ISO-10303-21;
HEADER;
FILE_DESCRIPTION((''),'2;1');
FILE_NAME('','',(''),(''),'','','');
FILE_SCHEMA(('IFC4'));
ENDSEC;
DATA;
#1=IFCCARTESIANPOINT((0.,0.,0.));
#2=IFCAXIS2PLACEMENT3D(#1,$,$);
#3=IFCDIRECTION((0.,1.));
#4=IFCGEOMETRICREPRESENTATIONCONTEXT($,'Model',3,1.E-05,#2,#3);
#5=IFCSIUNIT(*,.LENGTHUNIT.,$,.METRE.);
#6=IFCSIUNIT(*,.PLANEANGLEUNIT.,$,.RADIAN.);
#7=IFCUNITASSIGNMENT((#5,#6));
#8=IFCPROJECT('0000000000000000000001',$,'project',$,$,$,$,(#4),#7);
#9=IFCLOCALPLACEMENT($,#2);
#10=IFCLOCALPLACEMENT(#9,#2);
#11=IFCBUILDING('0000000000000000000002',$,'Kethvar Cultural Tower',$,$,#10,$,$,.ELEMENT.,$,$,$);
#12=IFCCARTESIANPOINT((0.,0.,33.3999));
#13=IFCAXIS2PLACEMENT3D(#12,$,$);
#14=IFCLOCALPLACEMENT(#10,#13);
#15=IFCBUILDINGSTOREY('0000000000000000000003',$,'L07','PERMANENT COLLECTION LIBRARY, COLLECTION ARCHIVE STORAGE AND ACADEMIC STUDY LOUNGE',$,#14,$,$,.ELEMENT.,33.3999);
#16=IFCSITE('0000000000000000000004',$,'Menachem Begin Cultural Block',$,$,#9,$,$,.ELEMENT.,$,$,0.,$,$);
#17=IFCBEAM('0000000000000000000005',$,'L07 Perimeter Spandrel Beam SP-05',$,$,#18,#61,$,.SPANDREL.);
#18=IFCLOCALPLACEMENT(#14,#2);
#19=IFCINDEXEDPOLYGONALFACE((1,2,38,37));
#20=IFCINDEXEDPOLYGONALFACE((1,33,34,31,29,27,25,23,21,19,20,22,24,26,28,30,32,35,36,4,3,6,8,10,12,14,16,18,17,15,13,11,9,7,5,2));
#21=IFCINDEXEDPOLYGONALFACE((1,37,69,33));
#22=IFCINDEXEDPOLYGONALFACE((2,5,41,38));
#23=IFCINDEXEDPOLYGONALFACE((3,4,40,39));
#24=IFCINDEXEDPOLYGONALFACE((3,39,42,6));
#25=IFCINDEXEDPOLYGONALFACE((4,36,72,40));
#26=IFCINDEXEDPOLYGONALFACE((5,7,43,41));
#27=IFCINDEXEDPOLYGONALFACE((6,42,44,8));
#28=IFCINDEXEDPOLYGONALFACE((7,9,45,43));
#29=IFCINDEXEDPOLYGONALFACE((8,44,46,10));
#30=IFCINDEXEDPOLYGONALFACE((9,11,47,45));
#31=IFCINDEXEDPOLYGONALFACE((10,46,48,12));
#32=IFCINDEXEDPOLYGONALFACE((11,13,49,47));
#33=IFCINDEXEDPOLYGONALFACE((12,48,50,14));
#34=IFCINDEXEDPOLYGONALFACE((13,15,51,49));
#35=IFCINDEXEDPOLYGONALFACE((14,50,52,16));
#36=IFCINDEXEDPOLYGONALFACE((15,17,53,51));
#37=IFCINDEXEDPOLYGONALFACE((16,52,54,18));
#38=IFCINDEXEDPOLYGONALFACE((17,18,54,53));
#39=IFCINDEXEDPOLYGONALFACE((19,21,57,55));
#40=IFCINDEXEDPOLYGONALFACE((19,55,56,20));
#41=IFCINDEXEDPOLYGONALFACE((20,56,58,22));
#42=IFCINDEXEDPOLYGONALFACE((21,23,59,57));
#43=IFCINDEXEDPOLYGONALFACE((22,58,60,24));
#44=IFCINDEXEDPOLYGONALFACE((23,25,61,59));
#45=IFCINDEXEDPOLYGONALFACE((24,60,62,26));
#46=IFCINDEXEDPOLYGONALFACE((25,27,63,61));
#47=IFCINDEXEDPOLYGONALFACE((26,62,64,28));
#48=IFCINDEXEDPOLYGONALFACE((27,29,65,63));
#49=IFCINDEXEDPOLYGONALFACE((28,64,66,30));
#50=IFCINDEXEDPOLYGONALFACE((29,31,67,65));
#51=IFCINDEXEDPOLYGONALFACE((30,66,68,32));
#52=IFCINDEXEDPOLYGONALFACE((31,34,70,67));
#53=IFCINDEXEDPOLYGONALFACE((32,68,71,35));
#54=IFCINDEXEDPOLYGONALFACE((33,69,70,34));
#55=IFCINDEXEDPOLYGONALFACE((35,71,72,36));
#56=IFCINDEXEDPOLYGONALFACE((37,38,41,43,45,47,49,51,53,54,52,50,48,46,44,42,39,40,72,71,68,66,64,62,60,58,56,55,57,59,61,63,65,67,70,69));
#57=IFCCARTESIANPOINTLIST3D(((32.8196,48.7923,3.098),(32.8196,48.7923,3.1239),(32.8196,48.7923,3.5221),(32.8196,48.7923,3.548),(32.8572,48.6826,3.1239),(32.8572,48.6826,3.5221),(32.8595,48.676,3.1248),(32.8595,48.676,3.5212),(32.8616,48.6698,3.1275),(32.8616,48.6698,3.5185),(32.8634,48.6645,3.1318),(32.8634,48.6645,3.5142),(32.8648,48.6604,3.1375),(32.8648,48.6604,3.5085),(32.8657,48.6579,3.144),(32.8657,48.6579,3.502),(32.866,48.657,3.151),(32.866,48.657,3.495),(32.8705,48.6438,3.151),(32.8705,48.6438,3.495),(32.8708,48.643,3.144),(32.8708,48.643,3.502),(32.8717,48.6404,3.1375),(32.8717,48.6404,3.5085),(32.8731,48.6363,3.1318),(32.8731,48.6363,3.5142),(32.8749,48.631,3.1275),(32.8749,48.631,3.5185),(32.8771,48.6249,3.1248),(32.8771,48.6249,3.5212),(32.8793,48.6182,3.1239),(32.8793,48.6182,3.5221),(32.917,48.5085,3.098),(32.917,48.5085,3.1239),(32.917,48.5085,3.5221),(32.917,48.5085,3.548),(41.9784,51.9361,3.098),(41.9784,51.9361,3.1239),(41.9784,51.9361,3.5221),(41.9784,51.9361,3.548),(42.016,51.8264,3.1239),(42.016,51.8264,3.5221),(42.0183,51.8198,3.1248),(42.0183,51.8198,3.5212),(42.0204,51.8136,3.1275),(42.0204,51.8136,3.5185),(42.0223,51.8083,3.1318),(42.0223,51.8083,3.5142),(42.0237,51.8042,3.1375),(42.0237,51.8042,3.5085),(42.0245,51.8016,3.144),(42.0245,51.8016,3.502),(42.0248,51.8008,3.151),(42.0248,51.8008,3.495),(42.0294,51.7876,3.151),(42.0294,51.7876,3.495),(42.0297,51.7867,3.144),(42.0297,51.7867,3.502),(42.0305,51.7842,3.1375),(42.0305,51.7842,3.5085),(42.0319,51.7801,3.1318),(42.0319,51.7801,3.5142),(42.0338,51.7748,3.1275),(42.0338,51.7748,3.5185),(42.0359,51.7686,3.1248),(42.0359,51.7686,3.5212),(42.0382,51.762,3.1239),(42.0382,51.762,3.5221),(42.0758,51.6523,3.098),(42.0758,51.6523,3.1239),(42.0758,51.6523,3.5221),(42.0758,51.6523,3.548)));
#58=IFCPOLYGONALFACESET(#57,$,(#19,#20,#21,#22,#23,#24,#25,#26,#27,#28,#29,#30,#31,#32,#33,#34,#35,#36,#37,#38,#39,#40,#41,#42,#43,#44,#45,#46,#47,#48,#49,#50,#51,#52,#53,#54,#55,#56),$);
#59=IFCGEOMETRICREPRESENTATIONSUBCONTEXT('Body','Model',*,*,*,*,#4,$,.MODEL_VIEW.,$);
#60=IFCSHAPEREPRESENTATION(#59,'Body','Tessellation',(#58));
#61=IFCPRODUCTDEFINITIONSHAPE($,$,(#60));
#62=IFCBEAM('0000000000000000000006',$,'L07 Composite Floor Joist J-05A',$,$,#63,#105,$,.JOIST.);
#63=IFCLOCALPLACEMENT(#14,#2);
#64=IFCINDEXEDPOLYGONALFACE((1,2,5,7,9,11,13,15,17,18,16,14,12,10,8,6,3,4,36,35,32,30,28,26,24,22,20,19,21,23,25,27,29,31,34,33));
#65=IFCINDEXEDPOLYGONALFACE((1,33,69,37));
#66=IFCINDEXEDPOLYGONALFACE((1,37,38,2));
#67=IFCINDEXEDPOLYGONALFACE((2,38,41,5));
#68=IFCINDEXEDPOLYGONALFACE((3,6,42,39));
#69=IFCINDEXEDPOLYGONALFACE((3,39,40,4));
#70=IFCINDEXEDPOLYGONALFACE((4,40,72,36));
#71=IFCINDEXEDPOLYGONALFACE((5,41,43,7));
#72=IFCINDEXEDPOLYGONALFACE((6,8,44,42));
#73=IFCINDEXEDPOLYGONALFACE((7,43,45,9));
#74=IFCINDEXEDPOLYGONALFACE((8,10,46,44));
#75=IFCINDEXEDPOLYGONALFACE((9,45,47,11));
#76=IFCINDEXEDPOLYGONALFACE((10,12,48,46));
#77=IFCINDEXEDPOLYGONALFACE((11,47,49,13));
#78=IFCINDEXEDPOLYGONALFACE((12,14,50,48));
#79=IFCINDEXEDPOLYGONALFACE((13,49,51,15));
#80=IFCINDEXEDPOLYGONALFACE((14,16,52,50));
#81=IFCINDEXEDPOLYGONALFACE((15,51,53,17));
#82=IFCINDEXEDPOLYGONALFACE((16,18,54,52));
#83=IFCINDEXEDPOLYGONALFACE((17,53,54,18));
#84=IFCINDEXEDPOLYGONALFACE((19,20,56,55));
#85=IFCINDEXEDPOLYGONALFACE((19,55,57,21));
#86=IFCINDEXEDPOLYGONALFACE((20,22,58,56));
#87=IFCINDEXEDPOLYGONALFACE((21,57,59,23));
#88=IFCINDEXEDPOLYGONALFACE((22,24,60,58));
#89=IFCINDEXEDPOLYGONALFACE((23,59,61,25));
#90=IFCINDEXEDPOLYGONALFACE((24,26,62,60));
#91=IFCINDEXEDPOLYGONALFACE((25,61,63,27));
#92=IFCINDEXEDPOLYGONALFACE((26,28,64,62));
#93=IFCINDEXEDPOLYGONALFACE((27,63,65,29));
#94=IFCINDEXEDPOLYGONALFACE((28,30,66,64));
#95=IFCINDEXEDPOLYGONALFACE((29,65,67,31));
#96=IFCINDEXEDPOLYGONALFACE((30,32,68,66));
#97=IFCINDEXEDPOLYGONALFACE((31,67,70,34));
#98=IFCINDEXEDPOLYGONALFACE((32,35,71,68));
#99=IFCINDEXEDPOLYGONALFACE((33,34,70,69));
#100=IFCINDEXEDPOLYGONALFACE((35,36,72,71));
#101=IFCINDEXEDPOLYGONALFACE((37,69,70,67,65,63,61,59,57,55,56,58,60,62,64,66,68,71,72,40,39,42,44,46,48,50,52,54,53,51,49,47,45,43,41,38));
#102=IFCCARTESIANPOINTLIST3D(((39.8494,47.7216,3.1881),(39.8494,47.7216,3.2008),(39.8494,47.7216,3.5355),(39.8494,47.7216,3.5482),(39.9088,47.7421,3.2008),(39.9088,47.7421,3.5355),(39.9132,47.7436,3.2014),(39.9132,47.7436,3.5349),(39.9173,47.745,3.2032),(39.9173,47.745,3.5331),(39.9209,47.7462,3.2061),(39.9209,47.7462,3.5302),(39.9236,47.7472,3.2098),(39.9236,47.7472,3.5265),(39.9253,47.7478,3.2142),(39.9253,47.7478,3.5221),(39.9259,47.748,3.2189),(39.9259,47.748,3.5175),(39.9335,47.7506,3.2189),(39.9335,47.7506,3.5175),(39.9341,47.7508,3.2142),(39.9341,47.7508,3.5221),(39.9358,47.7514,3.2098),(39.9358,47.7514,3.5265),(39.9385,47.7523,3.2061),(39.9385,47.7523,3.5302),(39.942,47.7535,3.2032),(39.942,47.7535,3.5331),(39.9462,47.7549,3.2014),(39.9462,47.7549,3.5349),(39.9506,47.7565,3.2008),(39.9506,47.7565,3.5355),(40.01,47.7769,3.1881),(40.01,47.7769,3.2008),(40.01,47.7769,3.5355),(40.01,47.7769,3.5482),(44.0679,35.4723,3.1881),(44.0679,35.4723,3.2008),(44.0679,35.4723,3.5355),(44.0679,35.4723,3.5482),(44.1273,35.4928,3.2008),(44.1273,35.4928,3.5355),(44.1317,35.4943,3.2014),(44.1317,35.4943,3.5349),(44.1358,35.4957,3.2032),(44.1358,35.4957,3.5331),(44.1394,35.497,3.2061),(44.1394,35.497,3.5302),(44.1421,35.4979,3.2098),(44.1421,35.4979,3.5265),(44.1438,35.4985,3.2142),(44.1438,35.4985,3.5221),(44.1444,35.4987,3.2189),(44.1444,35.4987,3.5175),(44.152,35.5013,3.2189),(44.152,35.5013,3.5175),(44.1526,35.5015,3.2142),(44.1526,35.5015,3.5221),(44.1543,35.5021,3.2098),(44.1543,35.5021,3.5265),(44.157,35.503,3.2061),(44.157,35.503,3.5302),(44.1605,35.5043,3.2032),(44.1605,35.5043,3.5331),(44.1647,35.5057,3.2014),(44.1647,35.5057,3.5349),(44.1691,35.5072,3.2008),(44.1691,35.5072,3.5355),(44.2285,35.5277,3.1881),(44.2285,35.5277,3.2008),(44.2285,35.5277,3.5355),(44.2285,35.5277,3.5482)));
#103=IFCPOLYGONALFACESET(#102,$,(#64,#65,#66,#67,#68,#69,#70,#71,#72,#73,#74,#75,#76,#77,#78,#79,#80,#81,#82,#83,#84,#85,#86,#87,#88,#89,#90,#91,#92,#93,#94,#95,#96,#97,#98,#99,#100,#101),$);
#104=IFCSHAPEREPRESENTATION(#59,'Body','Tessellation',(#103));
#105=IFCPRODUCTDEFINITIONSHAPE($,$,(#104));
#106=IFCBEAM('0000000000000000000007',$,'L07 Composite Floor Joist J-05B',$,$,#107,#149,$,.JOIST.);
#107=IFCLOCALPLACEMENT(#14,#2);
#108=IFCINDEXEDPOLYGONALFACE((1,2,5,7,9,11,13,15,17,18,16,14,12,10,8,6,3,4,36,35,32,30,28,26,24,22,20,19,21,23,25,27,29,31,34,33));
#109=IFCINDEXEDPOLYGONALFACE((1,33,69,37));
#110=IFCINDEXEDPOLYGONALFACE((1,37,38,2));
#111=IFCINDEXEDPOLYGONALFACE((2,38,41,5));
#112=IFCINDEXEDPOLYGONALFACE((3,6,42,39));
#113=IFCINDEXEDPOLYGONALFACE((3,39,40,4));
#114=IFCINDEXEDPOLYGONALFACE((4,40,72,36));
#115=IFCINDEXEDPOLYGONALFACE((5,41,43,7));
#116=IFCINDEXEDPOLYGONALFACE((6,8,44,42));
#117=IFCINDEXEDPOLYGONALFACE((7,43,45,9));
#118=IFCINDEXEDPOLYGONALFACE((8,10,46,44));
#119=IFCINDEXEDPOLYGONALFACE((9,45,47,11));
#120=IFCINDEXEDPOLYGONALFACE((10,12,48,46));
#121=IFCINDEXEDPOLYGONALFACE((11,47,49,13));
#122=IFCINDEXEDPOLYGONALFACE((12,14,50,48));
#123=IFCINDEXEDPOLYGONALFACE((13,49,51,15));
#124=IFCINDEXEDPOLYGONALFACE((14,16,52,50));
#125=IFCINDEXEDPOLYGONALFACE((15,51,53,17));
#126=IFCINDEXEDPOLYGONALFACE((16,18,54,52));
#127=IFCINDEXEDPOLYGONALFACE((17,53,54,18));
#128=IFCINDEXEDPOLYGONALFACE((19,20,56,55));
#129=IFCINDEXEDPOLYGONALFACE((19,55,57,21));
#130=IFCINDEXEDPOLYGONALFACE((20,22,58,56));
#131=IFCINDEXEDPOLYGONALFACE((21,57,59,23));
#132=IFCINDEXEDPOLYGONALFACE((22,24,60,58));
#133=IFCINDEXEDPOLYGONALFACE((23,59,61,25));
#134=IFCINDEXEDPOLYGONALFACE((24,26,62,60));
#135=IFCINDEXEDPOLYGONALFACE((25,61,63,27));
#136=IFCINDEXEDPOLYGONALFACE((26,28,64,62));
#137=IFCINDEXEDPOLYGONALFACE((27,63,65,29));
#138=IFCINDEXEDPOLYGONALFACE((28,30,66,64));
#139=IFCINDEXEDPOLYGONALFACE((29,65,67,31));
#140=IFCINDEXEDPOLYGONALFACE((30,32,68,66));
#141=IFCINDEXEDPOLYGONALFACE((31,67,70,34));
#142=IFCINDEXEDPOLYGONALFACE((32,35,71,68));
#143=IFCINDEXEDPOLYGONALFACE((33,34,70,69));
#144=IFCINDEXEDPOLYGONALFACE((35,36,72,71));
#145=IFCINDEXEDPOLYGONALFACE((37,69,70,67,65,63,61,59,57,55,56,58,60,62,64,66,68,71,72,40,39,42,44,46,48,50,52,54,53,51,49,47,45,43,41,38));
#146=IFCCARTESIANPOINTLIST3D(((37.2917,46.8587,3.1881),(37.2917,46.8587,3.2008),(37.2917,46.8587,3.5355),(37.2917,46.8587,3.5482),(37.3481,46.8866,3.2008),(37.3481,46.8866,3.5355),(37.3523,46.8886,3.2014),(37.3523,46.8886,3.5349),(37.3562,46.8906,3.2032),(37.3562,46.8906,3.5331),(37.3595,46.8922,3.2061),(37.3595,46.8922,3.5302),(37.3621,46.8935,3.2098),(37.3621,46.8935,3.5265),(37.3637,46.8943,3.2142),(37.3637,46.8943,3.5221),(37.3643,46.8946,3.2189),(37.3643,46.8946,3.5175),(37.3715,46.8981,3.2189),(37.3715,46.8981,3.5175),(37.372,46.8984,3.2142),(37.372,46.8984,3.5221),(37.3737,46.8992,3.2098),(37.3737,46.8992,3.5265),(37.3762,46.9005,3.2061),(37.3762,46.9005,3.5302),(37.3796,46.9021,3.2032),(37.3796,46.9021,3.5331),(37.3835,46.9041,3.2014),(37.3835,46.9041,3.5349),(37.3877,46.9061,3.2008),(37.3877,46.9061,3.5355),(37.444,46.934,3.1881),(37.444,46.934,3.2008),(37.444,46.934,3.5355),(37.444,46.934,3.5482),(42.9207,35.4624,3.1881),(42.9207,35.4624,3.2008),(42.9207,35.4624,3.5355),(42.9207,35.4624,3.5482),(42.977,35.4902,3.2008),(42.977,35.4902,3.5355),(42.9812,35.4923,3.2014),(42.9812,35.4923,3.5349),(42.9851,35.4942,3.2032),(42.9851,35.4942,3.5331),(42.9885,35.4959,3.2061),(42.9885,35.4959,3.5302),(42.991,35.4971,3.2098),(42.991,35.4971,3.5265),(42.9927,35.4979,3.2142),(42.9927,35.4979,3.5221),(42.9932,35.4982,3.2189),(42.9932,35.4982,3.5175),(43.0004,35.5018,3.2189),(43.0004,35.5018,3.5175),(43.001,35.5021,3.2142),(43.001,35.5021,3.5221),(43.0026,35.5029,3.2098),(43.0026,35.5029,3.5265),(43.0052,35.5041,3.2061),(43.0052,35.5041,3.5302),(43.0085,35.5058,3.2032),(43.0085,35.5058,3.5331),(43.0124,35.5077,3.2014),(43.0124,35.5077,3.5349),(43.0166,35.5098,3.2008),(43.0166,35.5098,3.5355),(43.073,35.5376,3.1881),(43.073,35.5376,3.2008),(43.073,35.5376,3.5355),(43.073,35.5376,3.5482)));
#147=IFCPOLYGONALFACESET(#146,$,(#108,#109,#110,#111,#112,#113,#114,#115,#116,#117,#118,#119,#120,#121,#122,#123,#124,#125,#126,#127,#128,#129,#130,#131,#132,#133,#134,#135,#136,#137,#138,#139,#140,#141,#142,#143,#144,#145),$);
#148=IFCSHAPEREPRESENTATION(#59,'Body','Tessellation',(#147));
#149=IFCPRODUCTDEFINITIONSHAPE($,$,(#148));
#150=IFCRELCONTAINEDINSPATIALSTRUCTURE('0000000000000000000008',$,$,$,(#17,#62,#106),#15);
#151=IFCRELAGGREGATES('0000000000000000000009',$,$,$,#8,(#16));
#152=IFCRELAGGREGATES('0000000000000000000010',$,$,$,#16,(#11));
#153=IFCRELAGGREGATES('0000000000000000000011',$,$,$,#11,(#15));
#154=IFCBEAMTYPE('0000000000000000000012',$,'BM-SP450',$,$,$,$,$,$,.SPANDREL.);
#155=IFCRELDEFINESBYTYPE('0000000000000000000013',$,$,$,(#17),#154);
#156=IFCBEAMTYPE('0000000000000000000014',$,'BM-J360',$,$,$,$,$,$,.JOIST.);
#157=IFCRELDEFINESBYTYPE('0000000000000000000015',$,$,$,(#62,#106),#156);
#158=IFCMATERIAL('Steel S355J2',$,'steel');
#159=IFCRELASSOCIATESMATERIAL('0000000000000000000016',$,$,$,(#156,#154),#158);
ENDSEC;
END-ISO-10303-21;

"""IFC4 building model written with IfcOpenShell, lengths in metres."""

from ifc_helpers import new_model, si_unit, direction, frame, origin, origin_2d, place, context, subcontext, project, spatial, i_section, extrude, source, transform, mapped, material, material_profile, profile_set, type_object, element, save


model = new_model("IFC4")

# Units and contexts
model_context = context("Model", 3, precision=1e-05, world=origin(), true_north=direction((0.0, 1.0)))
body_context = subcontext(model_context, "Body", "Model", "MODEL_VIEW")
ifc_project = project(units=[si_unit("LENGTHUNIT", "METRE"), si_unit("PLANEANGLEUNIT", "RADIAN")], contexts=[model_context])

# Site, building, storey
site_placement = place(None, origin())
site = spatial("IfcSite", under=ifc_project, at=site_placement, Name="Menachem Begin Cultural Block", CompositionType="ELEMENT", RefElevation=0.0)
building_placement = place(site_placement, origin())
building = spatial("IfcBuilding", under=site, at=building_placement, Name="Kethvar Cultural Tower", CompositionType="ELEMENT")
storey_placement = place(building_placement, frame((0.0, 0.0, 33.3999)))
storey = spatial("IfcBuildingStorey", under=building, at=storey_placement, Name="L07", Description="PERMANENT COLLECTION LIBRARY, COLLECTION ARCHIVE STORAGE AND ACADEMIC STUDY LOUNGE", CompositionType="ELEMENT", Elevation=33.3999)

# Beams
ifc_material_1 = material(Name="Steel S355J2", Category="steel")
ifc_material_profile_1 = material_profile(ifc_material_1, i_section(OverallWidth=0.1699, OverallDepth=0.3601, WebThickness=0.0081, FlangeThickness=0.0127, FilletRadius=0.0181, at=origin_2d()), Name="Steel S355J2 — IPE360")
ifc_profile_set_1 = profile_set([ifc_material_profile_1], Name="Steel S355J2 — IPE360")
beam_type_1 = type_object("IfcBeamType", Name="BM-J360", PredefinedType="JOIST", material=ifc_profile_set_1)
ifc_material_profile_2 = material_profile(ifc_material_1, i_section(OverallWidth=0.3, OverallDepth=0.45, WebThickness=0.0139, FlangeThickness=0.0259, FilletRadius=0.0271, at=origin_2d()), Name="Steel S355J2 — HEB450")
ifc_profile_set_2 = profile_set([ifc_material_profile_2], Name="Steel S355J2 — HEB450")
beam_type_2 = type_object("IfcBeamType", Name="BM-SP450", PredefinedType="SPANDREL", material=ifc_profile_set_2)
shared_shape_1 = source(origin(), body_context, "Body", "SweptSolid", [
    extrude(i_section(OverallWidth=0.3, OverallDepth=0.45, WebThickness=0.0139, FlangeThickness=0.0259, FilletRadius=0.0271, at=origin_2d()), origin(), (0.0, 0.0, 1.0), 9.6833),
])
beam_1_placement = place(storey_placement, frame((42.0271, 51.7942, 3.323), z_axis=(-0.945832, -0.324656, 0.0), x_axis=(0.324656, -0.945832, 0.0)))
element("IfcBeam", 1, at=beam_1_placement, inside=storey, type_object=beam_type_2, Name="L07 Perimeter Spandrel Beam SP-05", PredefinedType="SPANDREL", context=body_context, shape_type="MappedRepresentation", body=[
    mapped(shared_shape_1, transform((0.0, 0.0, 0.0), scale=1.0)),
])
shared_shape_2 = source(origin(), body_context, "Body", "SweptSolid", [
    extrude(i_section(OverallWidth=0.1699, OverallDepth=0.3601, WebThickness=0.0081, FlangeThickness=0.0127, FilletRadius=0.0181, at=origin_2d()), origin(), (0.0, 0.0, 1.0), 12.9553),
])
beam_2_placement = place(storey_placement, frame((44.1482, 35.5, 3.3682), z_axis=(-0.32562, 0.945501, 0.0), x_axis=(-0.945501, -0.32562, 0.0)))
element("IfcBeam", 2, at=beam_2_placement, inside=storey, type_object=beam_type_1, Name="L07 Composite Floor Joist J-05A", PredefinedType="JOIST", context=body_context, shape_type="MappedRepresentation", body=[
    mapped(shared_shape_2, transform((0.0, 0.0, 0.0), scale=1.0)),
])
shared_shape_3 = source(origin(), body_context, "Body", "SweptSolid", [
    extrude(i_section(OverallWidth=0.1699, OverallDepth=0.3601, WebThickness=0.0081, FlangeThickness=0.0127, FilletRadius=0.0181, at=origin_2d()), origin(), (0.0, 0.0, 1.0), 12.7107),
])
beam_3_placement = place(storey_placement, frame((42.9968, 35.5, 3.3682), z_axis=(-0.442852, 0.896595, 0.0), x_axis=(-0.896595, -0.442852, 0.0)))
element("IfcBeam", 3, at=beam_3_placement, inside=storey, type_object=beam_type_1, Name="L07 Composite Floor Joist J-05B", PredefinedType="JOIST", context=body_context, shape_type="MappedRepresentation", body=[
    mapped(shared_shape_3, transform((0.0, 0.0, 0.0), scale=1.0)),
])

save(model, "model.ifc")
